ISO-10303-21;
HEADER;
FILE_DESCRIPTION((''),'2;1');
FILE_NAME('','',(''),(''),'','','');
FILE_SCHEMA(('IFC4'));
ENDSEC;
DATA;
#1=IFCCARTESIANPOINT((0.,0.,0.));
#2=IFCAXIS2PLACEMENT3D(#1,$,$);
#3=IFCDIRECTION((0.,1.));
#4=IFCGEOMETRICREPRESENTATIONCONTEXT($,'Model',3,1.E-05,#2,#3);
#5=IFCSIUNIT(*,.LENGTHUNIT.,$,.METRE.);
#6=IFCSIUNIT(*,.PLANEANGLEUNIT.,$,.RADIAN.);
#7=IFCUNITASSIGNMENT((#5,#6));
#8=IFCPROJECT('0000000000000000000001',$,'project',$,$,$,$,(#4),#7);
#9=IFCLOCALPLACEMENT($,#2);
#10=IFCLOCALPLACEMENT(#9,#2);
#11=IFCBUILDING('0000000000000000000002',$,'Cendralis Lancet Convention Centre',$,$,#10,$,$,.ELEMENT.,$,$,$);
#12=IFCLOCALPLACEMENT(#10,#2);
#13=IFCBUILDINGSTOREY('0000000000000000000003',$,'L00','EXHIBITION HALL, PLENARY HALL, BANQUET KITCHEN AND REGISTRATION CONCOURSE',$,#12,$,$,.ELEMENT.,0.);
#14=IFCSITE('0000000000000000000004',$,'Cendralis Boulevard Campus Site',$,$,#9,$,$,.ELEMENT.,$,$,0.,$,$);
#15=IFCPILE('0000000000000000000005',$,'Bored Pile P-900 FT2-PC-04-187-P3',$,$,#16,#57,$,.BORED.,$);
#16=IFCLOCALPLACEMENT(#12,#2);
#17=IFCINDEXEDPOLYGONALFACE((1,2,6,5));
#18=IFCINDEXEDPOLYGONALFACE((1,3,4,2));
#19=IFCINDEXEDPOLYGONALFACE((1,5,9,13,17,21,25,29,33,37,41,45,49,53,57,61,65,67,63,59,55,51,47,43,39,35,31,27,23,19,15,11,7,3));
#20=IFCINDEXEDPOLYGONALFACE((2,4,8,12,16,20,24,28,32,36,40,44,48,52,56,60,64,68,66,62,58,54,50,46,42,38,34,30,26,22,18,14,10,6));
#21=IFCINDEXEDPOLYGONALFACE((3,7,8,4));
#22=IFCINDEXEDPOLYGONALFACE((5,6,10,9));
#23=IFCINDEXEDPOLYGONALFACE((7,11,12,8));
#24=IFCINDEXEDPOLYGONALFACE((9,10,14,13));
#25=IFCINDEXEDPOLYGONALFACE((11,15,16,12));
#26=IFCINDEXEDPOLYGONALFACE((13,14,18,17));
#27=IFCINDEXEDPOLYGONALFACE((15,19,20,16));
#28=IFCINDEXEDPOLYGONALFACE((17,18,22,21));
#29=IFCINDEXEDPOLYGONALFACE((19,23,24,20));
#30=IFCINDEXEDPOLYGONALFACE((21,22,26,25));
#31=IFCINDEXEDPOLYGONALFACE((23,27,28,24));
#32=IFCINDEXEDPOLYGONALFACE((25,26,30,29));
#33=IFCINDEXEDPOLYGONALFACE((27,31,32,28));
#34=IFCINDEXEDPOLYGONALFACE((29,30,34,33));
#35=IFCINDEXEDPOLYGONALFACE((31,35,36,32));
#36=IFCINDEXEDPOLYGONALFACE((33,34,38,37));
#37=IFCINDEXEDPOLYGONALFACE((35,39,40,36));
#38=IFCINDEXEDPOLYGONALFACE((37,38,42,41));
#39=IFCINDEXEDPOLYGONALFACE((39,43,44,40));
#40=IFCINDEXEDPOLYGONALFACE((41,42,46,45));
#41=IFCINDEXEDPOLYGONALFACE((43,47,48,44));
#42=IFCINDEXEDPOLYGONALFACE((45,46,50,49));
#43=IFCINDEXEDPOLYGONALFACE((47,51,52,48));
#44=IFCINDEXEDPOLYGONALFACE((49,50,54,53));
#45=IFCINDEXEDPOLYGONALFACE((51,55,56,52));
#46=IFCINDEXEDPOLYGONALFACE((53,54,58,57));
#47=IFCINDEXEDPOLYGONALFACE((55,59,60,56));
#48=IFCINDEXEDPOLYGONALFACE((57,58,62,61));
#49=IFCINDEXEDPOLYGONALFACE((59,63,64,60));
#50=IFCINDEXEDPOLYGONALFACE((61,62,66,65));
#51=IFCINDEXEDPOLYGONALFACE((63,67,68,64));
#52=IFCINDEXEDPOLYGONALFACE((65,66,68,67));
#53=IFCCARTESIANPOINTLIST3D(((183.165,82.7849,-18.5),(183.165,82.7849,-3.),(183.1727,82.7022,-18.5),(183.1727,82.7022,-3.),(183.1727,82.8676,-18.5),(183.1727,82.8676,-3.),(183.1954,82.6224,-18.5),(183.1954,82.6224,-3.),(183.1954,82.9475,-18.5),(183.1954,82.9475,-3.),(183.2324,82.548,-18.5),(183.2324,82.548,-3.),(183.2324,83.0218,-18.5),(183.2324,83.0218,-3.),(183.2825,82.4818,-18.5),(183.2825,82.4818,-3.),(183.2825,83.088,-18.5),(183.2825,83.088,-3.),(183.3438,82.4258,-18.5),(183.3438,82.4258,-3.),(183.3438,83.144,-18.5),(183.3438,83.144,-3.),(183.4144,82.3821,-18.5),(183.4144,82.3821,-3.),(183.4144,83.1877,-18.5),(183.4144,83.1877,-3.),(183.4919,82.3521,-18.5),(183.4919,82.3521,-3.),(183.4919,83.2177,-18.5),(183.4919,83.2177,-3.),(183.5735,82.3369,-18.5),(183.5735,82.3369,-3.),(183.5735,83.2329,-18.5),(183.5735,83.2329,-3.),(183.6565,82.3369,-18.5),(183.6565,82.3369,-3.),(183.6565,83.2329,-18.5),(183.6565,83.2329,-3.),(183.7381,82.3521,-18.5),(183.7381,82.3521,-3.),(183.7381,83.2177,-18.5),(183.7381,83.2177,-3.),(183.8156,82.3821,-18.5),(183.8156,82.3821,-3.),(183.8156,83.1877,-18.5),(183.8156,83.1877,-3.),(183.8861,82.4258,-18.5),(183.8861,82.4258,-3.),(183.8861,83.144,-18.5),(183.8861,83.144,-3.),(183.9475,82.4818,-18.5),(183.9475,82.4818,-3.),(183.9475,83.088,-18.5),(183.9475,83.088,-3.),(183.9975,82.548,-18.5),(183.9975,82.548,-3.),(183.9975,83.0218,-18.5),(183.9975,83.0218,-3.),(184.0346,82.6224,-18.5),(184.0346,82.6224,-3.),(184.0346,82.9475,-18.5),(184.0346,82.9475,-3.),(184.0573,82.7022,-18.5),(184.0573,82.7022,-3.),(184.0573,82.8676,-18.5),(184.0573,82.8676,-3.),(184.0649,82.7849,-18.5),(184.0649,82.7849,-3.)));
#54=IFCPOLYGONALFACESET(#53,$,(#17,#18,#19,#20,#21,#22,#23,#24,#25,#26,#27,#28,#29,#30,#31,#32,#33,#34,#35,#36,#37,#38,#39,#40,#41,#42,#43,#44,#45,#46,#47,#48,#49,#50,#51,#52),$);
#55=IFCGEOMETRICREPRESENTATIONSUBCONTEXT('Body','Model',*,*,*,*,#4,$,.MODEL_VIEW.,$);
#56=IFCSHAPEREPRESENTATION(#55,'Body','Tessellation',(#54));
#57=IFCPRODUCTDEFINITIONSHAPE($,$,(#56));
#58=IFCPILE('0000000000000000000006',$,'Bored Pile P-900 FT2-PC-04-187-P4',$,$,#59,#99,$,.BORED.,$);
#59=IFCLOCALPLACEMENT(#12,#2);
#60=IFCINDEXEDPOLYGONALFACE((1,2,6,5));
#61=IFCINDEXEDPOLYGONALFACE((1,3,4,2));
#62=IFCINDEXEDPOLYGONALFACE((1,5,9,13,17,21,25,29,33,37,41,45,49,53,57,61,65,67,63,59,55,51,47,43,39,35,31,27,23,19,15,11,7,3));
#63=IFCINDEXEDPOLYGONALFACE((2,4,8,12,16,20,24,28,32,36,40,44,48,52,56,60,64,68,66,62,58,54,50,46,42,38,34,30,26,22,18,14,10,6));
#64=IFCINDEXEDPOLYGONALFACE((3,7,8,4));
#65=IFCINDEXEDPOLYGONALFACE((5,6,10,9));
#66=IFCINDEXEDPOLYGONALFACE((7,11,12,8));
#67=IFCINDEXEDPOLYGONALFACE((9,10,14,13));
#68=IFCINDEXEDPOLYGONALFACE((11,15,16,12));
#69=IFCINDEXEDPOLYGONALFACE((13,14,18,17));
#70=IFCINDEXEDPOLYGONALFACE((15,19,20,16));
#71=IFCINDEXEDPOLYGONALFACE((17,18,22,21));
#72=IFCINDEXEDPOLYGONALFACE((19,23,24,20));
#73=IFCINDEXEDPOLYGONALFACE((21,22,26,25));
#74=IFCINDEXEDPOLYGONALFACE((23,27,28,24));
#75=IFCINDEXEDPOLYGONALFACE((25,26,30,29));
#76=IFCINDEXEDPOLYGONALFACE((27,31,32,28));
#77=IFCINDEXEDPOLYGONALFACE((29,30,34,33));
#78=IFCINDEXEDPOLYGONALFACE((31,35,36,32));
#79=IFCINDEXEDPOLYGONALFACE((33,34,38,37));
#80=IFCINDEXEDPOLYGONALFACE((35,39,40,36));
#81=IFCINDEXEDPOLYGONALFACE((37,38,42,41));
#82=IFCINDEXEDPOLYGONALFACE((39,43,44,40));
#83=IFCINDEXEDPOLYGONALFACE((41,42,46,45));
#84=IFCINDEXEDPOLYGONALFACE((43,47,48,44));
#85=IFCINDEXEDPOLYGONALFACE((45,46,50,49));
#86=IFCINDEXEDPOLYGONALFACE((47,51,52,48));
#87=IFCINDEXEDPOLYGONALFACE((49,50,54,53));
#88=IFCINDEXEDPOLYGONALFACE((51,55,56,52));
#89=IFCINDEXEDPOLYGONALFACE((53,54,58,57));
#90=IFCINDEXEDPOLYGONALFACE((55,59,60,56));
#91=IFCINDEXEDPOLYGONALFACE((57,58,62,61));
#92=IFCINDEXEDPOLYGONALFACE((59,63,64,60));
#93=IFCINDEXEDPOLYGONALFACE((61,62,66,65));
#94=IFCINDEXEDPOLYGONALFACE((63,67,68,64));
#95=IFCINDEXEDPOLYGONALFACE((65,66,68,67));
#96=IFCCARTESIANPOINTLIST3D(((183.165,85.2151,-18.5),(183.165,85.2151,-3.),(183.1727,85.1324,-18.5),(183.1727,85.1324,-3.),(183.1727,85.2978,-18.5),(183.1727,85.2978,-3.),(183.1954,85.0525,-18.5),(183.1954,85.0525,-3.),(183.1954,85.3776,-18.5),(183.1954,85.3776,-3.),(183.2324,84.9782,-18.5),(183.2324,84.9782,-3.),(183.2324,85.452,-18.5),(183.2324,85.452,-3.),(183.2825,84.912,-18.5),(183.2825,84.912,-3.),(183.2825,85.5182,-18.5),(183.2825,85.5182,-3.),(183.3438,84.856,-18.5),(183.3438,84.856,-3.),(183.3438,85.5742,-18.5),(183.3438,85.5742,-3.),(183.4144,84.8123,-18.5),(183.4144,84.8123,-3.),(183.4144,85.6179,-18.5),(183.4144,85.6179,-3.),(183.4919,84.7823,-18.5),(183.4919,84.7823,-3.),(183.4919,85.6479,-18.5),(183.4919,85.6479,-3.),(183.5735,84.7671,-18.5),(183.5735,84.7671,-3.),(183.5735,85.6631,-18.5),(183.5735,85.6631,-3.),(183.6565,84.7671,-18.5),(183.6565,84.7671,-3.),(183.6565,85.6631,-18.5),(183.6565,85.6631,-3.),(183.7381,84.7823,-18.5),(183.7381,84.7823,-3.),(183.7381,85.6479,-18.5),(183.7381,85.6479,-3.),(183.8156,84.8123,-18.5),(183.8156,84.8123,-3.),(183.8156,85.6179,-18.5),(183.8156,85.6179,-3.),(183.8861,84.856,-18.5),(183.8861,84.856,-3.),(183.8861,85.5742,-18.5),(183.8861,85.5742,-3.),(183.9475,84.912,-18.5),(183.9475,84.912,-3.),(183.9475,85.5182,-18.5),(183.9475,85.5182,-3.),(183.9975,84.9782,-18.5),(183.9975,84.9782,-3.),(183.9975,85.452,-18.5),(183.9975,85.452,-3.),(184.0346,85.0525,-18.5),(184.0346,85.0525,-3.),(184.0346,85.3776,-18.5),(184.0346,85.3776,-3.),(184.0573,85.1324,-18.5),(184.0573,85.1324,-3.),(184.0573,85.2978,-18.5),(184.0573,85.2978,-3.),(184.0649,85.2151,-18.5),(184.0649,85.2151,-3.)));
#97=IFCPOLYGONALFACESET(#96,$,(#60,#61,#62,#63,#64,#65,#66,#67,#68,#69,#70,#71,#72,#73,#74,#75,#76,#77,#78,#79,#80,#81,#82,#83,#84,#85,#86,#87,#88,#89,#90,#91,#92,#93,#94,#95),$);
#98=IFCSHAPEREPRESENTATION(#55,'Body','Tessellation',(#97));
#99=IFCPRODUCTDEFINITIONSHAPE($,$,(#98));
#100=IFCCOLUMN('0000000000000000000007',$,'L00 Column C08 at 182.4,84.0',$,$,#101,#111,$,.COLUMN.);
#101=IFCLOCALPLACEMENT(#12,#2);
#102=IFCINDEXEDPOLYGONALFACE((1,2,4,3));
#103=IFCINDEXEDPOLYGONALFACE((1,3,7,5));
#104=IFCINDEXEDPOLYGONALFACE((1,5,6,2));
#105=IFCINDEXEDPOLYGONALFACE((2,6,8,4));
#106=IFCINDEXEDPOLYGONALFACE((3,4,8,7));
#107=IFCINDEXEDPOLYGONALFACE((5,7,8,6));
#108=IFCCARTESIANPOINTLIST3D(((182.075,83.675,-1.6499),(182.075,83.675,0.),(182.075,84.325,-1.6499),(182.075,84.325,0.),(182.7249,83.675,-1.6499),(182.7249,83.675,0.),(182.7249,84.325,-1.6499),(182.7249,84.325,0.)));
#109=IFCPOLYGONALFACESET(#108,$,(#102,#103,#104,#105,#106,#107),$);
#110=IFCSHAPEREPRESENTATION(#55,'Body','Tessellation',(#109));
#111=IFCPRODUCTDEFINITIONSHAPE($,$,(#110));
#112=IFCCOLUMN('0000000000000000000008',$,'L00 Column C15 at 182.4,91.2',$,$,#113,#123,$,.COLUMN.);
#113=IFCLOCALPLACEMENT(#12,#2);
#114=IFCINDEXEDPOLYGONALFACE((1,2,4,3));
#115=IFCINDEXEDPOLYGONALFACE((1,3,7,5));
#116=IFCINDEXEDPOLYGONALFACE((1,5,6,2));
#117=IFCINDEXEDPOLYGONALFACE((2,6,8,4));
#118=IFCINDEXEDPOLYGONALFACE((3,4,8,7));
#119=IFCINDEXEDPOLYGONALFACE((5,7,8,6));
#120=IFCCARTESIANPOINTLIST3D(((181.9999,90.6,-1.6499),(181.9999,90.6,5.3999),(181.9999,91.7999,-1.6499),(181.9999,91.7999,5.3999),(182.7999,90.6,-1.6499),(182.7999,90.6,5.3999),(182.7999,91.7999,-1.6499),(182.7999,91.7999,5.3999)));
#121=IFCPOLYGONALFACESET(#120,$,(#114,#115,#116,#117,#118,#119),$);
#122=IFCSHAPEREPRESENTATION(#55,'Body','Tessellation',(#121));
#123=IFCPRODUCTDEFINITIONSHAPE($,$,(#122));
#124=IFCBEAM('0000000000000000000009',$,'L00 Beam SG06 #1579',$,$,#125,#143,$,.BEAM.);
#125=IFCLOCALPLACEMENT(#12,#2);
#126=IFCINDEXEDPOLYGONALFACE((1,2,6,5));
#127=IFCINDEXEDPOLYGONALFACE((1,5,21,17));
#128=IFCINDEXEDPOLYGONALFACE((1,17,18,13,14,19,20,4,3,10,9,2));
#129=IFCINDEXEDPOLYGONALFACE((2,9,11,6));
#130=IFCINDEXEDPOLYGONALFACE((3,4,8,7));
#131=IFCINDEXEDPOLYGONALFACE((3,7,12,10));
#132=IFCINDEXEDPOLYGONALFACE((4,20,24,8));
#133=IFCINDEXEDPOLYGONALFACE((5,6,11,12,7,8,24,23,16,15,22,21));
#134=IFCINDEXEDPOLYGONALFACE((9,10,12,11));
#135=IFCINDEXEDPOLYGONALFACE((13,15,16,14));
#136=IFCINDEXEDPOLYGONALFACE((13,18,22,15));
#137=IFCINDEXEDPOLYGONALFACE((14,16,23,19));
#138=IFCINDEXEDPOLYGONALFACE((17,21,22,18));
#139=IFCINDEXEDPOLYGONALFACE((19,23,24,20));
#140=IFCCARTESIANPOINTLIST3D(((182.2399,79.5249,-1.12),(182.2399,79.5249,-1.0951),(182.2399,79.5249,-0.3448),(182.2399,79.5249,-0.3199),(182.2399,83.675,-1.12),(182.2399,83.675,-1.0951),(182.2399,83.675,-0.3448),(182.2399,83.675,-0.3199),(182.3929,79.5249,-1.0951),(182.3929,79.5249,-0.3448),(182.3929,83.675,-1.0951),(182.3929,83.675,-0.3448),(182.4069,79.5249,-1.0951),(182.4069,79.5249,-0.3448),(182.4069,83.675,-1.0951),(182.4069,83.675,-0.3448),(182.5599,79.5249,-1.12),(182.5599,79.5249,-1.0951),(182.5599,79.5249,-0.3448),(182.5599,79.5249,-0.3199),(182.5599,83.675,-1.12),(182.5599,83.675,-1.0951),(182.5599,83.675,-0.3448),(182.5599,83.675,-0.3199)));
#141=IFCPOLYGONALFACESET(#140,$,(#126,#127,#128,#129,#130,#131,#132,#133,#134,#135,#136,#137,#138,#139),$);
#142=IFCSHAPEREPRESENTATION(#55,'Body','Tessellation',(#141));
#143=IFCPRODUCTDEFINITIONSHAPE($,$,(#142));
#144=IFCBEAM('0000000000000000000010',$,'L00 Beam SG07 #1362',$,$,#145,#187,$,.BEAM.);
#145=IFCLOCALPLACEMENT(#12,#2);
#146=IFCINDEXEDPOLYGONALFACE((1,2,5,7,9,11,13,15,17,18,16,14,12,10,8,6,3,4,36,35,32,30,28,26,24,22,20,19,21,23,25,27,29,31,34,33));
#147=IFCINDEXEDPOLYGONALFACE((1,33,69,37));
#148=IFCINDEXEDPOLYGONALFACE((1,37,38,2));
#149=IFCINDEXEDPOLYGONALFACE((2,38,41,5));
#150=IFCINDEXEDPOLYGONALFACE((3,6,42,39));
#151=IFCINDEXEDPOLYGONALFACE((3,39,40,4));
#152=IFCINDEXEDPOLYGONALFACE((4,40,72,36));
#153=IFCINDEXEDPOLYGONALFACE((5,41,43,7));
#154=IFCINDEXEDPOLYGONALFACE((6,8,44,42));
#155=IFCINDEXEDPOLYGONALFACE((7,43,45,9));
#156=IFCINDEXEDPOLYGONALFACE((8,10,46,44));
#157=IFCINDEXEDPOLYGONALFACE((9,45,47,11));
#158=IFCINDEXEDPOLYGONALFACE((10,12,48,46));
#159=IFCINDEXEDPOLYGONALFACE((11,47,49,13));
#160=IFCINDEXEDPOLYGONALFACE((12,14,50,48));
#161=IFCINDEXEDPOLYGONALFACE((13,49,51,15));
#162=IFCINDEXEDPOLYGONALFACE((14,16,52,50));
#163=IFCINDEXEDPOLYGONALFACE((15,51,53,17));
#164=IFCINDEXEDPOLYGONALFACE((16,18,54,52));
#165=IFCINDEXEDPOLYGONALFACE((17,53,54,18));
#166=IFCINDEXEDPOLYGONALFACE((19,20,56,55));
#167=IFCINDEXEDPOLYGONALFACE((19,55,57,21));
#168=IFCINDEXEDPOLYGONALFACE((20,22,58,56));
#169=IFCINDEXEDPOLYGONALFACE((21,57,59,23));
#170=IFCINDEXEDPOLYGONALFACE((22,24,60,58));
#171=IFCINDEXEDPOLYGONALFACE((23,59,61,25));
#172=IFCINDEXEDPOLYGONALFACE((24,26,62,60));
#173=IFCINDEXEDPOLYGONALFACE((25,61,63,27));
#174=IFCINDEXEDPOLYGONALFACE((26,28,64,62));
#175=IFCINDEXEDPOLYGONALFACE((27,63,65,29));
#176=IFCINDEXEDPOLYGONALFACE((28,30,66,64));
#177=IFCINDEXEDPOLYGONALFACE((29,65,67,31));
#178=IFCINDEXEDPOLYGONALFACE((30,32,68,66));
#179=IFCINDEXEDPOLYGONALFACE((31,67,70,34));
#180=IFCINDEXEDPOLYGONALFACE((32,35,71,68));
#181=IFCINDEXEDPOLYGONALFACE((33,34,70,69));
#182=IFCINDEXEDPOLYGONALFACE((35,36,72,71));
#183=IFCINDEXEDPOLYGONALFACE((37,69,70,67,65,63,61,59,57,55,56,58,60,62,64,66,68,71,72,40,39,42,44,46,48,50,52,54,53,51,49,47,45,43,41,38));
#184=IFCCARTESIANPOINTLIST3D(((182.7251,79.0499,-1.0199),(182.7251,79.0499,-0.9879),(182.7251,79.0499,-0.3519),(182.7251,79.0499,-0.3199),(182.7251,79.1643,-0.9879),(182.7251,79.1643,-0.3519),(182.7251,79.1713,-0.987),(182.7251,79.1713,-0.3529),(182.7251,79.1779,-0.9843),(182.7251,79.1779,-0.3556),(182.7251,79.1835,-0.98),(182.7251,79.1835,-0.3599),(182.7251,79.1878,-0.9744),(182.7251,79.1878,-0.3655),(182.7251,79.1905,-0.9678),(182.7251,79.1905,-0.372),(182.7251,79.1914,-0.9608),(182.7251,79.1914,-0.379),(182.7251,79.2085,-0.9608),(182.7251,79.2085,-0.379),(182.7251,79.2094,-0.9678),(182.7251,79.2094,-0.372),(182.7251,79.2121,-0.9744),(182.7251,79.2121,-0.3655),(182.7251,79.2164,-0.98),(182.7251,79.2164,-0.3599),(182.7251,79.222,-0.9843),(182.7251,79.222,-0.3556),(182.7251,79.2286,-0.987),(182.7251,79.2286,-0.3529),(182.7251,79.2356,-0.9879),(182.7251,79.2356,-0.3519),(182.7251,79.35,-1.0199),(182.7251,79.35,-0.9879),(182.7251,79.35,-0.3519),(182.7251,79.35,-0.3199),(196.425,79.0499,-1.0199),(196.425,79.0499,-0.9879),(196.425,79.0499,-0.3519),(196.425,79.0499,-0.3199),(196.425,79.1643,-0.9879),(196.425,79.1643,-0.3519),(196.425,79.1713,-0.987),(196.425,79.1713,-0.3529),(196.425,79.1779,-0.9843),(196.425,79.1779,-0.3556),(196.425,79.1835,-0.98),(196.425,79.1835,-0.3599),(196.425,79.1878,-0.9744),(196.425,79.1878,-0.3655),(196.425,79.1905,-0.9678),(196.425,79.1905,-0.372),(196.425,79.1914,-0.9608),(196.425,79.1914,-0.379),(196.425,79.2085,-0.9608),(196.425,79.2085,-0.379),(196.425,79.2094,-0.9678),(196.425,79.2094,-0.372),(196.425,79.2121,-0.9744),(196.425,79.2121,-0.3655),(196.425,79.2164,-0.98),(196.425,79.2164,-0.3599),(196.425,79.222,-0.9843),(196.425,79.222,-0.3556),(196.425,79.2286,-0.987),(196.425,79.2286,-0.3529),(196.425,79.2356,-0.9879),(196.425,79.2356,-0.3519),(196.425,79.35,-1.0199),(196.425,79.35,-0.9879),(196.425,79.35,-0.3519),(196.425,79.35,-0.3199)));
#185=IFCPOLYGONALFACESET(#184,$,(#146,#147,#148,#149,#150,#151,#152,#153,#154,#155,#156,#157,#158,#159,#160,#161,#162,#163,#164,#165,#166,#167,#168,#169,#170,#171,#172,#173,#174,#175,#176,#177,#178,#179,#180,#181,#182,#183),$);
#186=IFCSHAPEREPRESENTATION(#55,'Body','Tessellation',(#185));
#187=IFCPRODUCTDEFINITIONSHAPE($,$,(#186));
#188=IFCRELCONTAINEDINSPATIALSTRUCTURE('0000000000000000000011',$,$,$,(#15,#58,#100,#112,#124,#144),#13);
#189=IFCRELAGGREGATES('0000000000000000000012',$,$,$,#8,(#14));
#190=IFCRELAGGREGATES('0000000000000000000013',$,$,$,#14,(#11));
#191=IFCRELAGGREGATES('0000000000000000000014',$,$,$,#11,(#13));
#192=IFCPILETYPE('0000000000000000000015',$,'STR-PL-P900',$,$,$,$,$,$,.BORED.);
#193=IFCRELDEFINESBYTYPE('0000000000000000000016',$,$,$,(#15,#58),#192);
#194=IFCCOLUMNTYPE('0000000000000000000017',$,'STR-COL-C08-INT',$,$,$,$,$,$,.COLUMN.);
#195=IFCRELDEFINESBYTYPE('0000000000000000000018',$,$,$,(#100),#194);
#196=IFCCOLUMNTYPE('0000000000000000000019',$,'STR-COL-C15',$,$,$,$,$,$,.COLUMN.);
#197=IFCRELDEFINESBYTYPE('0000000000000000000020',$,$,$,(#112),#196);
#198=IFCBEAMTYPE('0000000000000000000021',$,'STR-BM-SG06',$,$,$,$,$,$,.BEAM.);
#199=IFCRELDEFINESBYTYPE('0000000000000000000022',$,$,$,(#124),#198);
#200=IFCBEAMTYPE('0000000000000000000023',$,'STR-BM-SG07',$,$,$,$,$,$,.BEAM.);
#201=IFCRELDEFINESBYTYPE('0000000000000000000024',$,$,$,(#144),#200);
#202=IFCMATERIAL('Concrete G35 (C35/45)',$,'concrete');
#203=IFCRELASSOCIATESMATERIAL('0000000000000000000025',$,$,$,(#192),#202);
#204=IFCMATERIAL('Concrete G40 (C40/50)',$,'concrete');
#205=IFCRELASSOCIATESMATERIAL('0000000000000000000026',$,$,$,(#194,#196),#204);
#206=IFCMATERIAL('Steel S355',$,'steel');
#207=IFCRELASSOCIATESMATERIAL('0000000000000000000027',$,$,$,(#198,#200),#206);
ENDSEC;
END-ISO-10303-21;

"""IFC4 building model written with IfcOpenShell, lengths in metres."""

from ifc_helpers import new_model, si_unit, direction, frame, origin, origin_2d, place, context, subcontext, project, spatial, rectangle, circle, i_section, extrude, material, material_profile, profile_set, type_object, element, save


model = new_model("IFC4")

# Units and contexts
model_context = context("Model", 3, precision=1e-05, world=origin(), true_north=direction((0.0, 1.0)))
body_context = subcontext(model_context, "Body", "Model", "MODEL_VIEW")
ifc_project = project(units=[si_unit("LENGTHUNIT", "METRE"), si_unit("PLANEANGLEUNIT", "RADIAN")], contexts=[model_context])

# Site, building, storey
site_placement = place(None, origin())
site = spatial("IfcSite", under=ifc_project, at=site_placement, Name="Cendralis Boulevard Campus Site", CompositionType="ELEMENT", RefElevation=0.0)
building_placement = place(site_placement, origin())
building = spatial("IfcBuilding", under=site, at=building_placement, Name="Cendralis Lancet Convention Centre", CompositionType="ELEMENT")
storey_placement = place(building_placement, origin())
storey = spatial("IfcBuildingStorey", under=building, at=storey_placement, Name="L00", Description="EXHIBITION HALL, PLENARY HALL, BANQUET KITCHEN AND REGISTRATION CONCOURSE", CompositionType="ELEMENT", Elevation=0.0)

# Shared definitions
ifc_material_1 = material(Name="Concrete G35 (C35/45)", Category="concrete")

# Piles
ifc_material_profile_1 = material_profile(ifc_material_1, circle(Radius=0.45, at=origin_2d()), Name="BORED PILE D900")
ifc_profile_set_1 = profile_set([ifc_material_profile_1], Name="Concrete G35 (C35/45)")
pile_type_1 = type_object("IfcPileType", Name="STR-PL-P900", PredefinedType="BORED", material=ifc_profile_set_1)
for number, where, z_axis, x_axis, name in (
    (1, (183.615, 82.7849, -3.0), (0.0, 0.0, -1.0), (1.0, 0.0, 0.0), "Bored Pile P-900 FT2-PC-04-187-P3"),
    (2, (183.615, 85.2151, -3.0), (0.0, 0.0, -1.0), (1.0, 0.0, 0.0), "Bored Pile P-900 FT2-PC-04-187-P4"),
):
    element("IfcPile", number, at=place(storey_placement, frame(where, z_axis=z_axis, x_axis=x_axis)), inside=storey, type_object=pile_type_1, Name=name, PredefinedType="BORED", context=body_context, shape_type="SweptSolid", body=[
        extrude(circle(Radius=0.45, at=origin_2d()), origin(), (0.0, 0.0, 1.0), 15.5),
    ])

# Columns
ifc_material_2 = material(Name="Concrete G40 (C40/50)", Category="concrete")
ifc_material_profile_2 = material_profile(ifc_material_2, rectangle(XDim=0.6499, YDim=0.6499, at=origin_2d()), Name="RC 650x650")
ifc_profile_set_2 = profile_set([ifc_material_profile_2], Name="Concrete G40 (C40/50)")
column_type_1 = type_object("IfcColumnType", Name="STR-COL-C08-INT", PredefinedType="COLUMN", material=ifc_profile_set_2)
column_1_placement = place(storey_placement, frame((182.3999, 84.0, -1.6499), z_axis=(0.0, 0.0, 1.0), x_axis=(1.0, 0.0, 0.0)))
element("IfcColumn", 3, at=column_1_placement, inside=storey, type_object=column_type_1, Name="L00 Column C08 at 182.4,84.0", PredefinedType="COLUMN", context=body_context, shape_type="SweptSolid", body=[
    extrude(rectangle(XDim=0.6499, YDim=0.6499, at=origin_2d()), origin(), (0.0, 0.0, 1.0), 1.6499),
])
ifc_material_profile_3 = material_profile(ifc_material_2, rectangle(XDim=0.8, YDim=1.2, at=origin_2d()), Name="RC 800x1200")
ifc_profile_set_3 = profile_set([ifc_material_profile_3], Name="Concrete G40 (C40/50)")
column_type_2 = type_object("IfcColumnType", Name="STR-COL-C15", PredefinedType="COLUMN", material=ifc_profile_set_3)
column_2_placement = place(storey_placement, frame((182.3999, 91.2, -1.6499), z_axis=(0.0, 0.0, 1.0), x_axis=(1.0, 0.0, 0.0)))
element("IfcColumn", 4, at=column_2_placement, inside=storey, type_object=column_type_2, Name="L00 Column C15 at 182.4,91.2", PredefinedType="COLUMN", context=body_context, shape_type="SweptSolid", body=[
    extrude(rectangle(XDim=0.8, YDim=1.2, at=origin_2d()), origin(), (0.0, 0.0, 1.0), 7.0498),
])

# Beams
ifc_material_3 = material(Name="Steel S355", Category="steel")
ifc_material_profile_4 = material_profile(ifc_material_3, i_section(OverallWidth=0.3201, OverallDepth=0.8, WebThickness=0.0139, FlangeThickness=0.0249, at=origin_2d()), Name="PG 800x320")
ifc_profile_set_4 = profile_set([ifc_material_profile_4], Name="Steel S355")
beam_type_1 = type_object("IfcBeamType", Name="STR-BM-SG06", PredefinedType="BEAM", material=ifc_profile_set_4)
beam_1_placement = place(storey_placement, frame((182.3999, 79.5249, -0.72), z_axis=(0.0, 1.0, 0.0), x_axis=(-1.0, 0.0, 0.0)))
element("IfcBeam", 5, at=beam_1_placement, inside=storey, type_object=beam_type_1, Name="L00 Beam SG06 #1579", PredefinedType="BEAM", context=body_context, shape_type="SweptSolid", body=[
    extrude(i_section(OverallWidth=0.3201, OverallDepth=0.8, WebThickness=0.0139, FlangeThickness=0.0249, at=origin_2d()), origin(), (0.0, 0.0, 1.0), 4.1501),
])
ifc_material_profile_5 = material_profile(ifc_material_3, i_section(OverallWidth=0.3, OverallDepth=0.7, WebThickness=0.0171, FlangeThickness=0.032, FilletRadius=0.0271, at=origin_2d()), Name="HEB 700")
ifc_profile_set_5 = profile_set([ifc_material_profile_5], Name="Steel S355")
beam_type_2 = type_object("IfcBeamType", Name="STR-BM-SG07", PredefinedType="BEAM", material=ifc_profile_set_5)
for number, where, z_axis, x_axis, name in (
    (6, (182.7251, 79.2, -0.6699), (1.0, 0.0, 0.0), (0.0, 1.0, 0.0), "L00 Beam SG07 #1362"),
):
    element("IfcBeam", number, at=place(storey_placement, frame(where, z_axis=z_axis, x_axis=x_axis)), inside=storey, type_object=beam_type_2, Name=name, PredefinedType="BEAM", context=body_context, shape_type="SweptSolid", body=[
        extrude(i_section(OverallWidth=0.3, OverallDepth=0.7, WebThickness=0.0171, FlangeThickness=0.032, FilletRadius=0.0271, at=origin_2d()), origin(), (0.0, 0.0, 1.0), 13.7),
    ])

save(model, "model.ifc")
